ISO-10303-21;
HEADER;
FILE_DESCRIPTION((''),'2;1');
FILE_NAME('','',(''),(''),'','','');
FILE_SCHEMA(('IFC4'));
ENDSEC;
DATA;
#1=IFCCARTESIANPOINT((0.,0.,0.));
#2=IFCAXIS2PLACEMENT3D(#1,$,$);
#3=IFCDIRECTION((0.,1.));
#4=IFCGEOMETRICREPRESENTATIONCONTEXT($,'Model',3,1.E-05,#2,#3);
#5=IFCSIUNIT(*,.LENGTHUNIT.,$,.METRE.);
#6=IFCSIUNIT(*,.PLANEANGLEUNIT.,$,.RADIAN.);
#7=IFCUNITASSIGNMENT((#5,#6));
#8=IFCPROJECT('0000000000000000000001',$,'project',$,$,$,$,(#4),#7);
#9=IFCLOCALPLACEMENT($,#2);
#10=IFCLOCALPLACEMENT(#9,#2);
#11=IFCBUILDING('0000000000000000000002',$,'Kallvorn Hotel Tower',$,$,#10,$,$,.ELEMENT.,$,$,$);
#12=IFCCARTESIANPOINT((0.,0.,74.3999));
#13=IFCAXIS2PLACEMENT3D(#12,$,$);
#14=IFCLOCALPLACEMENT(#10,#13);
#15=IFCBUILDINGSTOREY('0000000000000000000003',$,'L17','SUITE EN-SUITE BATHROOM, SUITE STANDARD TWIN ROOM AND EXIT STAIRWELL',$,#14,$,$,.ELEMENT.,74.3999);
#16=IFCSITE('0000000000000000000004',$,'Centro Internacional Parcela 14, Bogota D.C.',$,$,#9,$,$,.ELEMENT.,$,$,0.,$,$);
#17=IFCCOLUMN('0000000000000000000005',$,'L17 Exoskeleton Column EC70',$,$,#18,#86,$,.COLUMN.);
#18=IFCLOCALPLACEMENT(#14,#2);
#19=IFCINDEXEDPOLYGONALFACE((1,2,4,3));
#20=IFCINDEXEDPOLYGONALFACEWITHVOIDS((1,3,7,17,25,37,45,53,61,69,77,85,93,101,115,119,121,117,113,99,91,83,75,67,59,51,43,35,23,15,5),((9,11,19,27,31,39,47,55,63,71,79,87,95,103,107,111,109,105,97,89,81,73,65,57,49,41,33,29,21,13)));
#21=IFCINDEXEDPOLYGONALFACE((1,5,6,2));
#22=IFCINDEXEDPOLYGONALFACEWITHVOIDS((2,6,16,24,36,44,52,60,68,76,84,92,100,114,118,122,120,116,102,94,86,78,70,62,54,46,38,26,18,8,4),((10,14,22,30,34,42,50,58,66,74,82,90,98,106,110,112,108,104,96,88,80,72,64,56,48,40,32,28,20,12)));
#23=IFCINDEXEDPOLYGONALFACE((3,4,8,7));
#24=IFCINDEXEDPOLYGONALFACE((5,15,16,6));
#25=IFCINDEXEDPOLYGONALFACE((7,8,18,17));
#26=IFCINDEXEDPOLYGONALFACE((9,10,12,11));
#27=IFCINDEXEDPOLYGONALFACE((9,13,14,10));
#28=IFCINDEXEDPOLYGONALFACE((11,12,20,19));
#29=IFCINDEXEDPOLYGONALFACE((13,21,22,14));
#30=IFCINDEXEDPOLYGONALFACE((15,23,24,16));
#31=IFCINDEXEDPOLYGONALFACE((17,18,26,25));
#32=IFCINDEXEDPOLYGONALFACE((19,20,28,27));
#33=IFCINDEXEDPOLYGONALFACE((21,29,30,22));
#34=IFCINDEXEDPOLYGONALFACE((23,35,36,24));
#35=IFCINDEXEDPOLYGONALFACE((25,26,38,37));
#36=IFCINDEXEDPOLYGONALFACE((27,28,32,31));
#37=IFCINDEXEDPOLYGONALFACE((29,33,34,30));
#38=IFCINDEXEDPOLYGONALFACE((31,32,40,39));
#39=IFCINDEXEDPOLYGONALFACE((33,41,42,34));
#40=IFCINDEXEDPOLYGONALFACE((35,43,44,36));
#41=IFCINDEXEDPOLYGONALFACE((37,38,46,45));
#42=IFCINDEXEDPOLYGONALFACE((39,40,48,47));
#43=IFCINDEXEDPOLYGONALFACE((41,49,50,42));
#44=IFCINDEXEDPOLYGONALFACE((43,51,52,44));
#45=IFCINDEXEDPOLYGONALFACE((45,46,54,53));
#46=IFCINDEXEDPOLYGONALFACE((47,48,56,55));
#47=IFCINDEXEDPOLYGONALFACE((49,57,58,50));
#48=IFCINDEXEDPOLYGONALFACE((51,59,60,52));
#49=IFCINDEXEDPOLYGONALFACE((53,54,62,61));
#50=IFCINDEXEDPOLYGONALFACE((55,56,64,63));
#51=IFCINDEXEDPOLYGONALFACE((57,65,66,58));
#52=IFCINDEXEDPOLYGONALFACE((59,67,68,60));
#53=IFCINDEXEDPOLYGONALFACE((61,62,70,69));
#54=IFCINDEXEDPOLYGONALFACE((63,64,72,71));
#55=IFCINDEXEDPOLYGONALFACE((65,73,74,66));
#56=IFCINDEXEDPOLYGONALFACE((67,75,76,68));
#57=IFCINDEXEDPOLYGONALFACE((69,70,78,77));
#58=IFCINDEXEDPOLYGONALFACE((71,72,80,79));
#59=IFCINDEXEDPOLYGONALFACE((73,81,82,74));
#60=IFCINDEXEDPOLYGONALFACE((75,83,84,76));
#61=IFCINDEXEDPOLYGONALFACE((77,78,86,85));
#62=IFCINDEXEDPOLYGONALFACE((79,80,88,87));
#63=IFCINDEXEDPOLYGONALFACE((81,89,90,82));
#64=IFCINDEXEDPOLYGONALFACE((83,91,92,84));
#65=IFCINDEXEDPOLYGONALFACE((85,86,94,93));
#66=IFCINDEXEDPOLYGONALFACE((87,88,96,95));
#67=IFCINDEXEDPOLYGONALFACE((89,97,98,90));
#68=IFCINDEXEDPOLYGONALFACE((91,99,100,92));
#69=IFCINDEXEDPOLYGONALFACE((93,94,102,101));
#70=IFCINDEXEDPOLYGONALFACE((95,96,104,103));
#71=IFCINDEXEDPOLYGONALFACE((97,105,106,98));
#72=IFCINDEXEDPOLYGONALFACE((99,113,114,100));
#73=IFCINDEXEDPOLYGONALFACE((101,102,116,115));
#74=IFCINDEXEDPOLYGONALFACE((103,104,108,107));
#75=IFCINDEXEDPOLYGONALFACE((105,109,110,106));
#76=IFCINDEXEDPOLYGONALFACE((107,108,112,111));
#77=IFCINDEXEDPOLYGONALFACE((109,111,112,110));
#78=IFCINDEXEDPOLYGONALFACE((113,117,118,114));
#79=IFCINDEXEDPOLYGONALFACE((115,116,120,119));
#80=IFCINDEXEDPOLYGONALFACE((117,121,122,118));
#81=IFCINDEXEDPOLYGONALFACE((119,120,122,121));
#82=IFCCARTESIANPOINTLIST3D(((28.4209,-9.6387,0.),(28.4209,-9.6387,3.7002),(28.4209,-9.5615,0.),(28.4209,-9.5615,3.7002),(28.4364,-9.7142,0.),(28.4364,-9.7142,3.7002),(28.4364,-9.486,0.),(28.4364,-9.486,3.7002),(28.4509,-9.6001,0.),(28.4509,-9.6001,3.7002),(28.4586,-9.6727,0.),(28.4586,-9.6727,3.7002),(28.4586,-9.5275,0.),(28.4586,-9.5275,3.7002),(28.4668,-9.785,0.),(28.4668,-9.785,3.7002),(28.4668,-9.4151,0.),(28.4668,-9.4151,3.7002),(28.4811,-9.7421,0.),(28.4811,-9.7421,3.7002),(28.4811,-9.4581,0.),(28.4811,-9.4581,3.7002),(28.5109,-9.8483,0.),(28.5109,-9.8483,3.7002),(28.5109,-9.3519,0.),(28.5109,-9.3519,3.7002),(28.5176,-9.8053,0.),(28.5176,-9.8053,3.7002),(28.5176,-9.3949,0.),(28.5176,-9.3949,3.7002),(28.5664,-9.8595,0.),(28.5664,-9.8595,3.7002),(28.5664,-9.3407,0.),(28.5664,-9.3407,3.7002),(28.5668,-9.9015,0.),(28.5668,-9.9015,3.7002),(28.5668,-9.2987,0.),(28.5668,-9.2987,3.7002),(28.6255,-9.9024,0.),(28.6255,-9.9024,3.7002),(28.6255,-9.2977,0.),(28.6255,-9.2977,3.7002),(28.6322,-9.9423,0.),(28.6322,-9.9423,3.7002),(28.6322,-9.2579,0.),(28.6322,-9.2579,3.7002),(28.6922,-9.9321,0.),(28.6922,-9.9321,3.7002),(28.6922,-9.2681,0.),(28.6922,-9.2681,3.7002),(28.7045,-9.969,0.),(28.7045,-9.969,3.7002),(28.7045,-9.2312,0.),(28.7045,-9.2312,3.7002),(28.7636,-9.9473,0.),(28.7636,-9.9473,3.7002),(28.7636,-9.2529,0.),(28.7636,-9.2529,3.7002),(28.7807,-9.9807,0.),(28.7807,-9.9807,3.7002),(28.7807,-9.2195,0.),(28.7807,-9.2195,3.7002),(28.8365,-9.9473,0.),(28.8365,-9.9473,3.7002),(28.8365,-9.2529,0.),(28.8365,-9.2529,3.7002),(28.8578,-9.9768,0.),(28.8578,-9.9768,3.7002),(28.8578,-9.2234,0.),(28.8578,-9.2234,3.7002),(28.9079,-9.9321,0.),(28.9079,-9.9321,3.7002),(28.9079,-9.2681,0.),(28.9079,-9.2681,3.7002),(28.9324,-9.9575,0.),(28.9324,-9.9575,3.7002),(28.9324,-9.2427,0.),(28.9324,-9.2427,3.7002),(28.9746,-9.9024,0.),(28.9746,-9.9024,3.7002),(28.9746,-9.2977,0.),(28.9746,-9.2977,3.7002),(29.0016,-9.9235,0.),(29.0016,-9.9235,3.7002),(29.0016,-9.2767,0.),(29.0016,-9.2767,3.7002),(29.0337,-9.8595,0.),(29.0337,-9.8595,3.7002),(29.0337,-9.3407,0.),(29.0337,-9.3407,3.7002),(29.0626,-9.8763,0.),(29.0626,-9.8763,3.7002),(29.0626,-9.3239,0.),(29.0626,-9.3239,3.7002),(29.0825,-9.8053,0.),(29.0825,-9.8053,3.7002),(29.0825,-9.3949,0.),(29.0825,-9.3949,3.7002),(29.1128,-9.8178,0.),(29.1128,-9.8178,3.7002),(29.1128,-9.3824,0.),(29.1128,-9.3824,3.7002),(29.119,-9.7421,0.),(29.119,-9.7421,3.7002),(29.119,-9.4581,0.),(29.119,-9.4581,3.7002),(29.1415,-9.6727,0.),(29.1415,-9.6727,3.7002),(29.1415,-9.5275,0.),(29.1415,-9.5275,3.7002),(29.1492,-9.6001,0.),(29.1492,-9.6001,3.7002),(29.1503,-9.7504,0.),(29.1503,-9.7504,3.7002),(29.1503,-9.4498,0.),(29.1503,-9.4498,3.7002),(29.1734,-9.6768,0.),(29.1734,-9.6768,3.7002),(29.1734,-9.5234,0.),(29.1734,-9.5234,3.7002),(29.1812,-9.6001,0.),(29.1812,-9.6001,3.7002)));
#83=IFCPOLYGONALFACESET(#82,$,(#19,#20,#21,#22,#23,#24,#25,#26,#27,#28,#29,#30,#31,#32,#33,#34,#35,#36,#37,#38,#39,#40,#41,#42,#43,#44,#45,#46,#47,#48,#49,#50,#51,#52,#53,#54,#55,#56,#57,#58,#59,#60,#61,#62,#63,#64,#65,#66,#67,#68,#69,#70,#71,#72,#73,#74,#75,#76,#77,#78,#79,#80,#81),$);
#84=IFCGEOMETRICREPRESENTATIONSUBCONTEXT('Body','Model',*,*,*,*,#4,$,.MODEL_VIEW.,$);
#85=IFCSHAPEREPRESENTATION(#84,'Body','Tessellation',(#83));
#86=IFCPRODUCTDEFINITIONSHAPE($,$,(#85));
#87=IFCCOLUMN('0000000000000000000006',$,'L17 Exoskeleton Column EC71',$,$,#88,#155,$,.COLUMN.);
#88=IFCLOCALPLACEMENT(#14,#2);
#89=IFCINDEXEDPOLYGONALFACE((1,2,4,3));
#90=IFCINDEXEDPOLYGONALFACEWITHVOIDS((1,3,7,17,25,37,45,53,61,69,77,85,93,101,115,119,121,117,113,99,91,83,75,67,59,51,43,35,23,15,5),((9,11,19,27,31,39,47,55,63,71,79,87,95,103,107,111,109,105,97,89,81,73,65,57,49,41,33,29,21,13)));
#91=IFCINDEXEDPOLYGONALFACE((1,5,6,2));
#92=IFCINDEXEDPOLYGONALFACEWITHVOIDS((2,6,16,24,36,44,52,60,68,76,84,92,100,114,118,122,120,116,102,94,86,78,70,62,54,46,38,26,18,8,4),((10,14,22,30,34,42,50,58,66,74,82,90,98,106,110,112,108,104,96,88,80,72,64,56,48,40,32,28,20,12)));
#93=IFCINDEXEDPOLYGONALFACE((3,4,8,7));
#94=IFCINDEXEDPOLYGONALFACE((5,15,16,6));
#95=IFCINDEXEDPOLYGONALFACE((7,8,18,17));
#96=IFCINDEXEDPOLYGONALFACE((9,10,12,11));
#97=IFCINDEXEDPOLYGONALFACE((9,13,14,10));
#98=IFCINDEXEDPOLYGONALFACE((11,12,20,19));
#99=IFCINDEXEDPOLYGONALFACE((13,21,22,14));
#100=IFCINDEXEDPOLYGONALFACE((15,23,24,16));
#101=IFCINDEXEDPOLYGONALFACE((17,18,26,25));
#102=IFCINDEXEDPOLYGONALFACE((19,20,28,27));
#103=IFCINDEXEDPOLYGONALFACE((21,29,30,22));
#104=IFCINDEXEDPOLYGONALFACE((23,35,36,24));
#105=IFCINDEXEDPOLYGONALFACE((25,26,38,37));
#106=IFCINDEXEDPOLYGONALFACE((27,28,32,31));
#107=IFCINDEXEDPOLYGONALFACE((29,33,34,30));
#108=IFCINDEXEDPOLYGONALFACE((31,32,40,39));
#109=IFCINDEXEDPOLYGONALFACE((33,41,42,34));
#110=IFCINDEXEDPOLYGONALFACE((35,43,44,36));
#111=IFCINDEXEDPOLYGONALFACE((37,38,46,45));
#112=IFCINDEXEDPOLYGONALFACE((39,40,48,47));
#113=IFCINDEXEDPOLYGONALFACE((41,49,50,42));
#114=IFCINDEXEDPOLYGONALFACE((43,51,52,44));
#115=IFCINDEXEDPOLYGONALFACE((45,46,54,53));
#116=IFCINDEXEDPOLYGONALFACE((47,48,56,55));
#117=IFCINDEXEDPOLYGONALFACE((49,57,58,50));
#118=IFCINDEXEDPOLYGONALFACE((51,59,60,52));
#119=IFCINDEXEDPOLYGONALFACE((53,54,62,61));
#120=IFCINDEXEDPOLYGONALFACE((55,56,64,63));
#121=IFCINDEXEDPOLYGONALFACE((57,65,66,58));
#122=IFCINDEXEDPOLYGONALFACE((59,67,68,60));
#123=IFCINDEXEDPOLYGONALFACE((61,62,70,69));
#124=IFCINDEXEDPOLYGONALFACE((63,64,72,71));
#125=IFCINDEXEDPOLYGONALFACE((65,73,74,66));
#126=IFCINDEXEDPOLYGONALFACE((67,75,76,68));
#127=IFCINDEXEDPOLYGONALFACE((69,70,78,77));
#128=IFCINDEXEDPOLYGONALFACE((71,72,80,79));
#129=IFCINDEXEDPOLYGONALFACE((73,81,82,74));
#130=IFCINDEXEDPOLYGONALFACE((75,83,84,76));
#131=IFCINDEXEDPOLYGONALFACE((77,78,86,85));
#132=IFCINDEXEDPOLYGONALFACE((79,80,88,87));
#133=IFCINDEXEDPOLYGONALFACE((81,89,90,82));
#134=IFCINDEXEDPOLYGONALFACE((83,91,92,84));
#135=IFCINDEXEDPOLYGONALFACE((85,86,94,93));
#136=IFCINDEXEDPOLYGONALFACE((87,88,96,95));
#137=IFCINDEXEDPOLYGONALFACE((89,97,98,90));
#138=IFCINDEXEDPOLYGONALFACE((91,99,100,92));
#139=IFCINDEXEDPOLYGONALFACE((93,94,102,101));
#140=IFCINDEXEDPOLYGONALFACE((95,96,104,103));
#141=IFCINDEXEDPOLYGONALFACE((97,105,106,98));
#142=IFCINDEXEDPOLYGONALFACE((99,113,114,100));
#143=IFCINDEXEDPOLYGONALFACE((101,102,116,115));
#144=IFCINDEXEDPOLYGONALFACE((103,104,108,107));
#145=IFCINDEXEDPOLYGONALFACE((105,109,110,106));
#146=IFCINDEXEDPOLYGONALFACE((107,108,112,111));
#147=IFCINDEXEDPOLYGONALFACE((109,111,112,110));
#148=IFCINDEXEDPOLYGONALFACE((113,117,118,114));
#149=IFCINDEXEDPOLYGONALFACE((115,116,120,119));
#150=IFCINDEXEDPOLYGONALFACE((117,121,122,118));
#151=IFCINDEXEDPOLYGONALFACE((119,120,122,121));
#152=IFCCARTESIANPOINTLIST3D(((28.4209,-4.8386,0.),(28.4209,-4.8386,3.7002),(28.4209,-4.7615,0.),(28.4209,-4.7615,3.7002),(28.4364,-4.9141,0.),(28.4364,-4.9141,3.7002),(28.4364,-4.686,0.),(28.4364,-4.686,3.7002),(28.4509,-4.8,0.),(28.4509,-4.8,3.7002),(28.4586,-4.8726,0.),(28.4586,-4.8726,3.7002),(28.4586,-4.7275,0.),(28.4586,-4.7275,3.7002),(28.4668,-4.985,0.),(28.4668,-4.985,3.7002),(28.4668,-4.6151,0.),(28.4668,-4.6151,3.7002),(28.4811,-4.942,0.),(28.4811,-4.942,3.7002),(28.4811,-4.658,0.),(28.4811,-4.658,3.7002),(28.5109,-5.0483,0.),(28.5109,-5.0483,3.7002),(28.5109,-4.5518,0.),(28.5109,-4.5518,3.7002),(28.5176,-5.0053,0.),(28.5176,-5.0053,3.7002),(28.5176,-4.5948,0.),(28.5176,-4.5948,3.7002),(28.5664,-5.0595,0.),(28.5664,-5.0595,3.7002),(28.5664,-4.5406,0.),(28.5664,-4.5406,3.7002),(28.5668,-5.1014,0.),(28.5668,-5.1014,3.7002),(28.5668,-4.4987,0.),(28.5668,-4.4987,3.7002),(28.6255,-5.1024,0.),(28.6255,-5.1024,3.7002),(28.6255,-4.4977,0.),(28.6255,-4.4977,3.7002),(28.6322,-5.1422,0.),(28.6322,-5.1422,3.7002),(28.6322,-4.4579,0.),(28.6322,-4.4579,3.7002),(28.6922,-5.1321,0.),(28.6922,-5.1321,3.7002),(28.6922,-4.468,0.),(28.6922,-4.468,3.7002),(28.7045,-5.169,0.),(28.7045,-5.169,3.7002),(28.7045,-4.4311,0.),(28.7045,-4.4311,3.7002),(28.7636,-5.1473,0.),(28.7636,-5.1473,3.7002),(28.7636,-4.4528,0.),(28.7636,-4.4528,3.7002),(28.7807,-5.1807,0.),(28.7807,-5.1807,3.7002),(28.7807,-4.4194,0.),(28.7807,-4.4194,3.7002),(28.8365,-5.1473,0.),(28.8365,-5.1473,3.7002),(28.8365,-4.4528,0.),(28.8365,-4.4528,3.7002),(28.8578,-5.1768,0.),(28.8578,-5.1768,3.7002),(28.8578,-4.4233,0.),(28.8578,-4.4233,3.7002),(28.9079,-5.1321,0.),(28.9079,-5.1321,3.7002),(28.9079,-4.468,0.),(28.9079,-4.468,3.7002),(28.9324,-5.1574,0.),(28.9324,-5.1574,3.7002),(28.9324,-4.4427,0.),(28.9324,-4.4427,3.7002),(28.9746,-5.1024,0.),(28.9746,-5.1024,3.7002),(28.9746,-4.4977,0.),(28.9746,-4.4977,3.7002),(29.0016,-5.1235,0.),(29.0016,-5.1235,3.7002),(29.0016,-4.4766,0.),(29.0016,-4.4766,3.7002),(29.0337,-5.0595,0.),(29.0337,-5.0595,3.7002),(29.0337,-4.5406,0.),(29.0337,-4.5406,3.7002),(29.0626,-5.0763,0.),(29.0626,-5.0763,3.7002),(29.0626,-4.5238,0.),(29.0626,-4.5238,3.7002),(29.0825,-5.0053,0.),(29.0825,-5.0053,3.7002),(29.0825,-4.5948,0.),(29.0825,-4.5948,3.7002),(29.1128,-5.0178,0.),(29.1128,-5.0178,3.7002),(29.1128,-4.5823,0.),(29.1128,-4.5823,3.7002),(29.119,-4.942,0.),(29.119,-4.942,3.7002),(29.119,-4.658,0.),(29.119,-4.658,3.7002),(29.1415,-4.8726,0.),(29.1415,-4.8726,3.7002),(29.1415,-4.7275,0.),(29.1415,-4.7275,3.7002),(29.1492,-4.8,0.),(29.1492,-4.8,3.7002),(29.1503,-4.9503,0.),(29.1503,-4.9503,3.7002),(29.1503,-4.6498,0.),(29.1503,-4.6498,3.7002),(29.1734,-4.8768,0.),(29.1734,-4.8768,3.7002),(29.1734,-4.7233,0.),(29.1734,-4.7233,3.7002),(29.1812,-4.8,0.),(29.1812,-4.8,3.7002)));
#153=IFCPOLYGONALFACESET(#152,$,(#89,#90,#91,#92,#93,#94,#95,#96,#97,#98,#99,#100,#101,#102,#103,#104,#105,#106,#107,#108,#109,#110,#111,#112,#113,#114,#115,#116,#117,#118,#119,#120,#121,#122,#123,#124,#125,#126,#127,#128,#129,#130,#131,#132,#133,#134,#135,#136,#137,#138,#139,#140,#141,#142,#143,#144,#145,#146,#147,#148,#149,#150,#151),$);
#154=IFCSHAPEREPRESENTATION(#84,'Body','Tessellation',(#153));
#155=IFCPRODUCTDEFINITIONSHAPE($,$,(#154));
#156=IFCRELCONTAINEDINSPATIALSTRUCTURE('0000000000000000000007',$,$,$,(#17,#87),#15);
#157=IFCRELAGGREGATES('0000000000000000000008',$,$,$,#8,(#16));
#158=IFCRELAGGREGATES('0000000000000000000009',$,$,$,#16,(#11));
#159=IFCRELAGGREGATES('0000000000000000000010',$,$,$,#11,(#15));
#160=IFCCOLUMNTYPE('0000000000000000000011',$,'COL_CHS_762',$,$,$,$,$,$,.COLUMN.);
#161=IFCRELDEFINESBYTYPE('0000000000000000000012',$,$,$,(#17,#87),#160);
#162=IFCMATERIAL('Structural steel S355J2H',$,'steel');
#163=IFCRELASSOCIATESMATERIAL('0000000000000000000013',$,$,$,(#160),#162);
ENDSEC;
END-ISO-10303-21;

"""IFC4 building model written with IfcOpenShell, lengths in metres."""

from ifc_helpers import new_model, si_unit, direction, frame, origin, origin_2d, place, context, subcontext, project, spatial, hollow_circle, extrude, material, material_profile, profile_set, type_object, element, save


model = new_model("IFC4")

# Units and contexts
model_context = context("Model", 3, precision=1e-05, world=origin(), true_north=direction((0.0, 1.0)))
body_context = subcontext(model_context, "Body", "Model", "MODEL_VIEW")
ifc_project = project(units=[si_unit("LENGTHUNIT", "METRE"), si_unit("PLANEANGLEUNIT", "RADIAN")], contexts=[model_context])

# Site, building, storey
site_placement = place(None, origin())
site = spatial("IfcSite", under=ifc_project, at=site_placement, Name="Centro Internacional Parcela 14, Bogota D.C.", CompositionType="ELEMENT", RefElevation=0.0)
building_placement = place(site_placement, origin())
building = spatial("IfcBuilding", under=site, at=building_placement, Name="Kallvorn Hotel Tower", CompositionType="ELEMENT")
storey_placement = place(building_placement, frame((0.0, 0.0, 74.3999)))
storey = spatial("IfcBuildingStorey", under=building, at=storey_placement, Name="L17", Description="SUITE EN-SUITE BATHROOM, SUITE STANDARD TWIN ROOM AND EXIT STAIRWELL", CompositionType="ELEMENT", Elevation=74.3999)

# Columns
ifc_material_1 = material(Name="Structural steel S355J2H", Category="steel")
ifc_material_profile_1 = material_profile(ifc_material_1, hollow_circle(Radius=0.3811, WallThickness=0.032, at=origin_2d()), Name="CHS 762x32")
ifc_profile_set_1 = profile_set([ifc_material_profile_1], Name="Structural steel S355J2H")
column_type_1 = type_object("IfcColumnType", Name="COL_CHS_762", PredefinedType="COLUMN", material=ifc_profile_set_1)
for number, where, z_axis, x_axis, name in (
    (1, (28.8, -9.6001, 0.0), (0.0, 0.0, 1.0), (1.0, 0.0, 0.0), "L17 Exoskeleton Column EC70"),
    (2, (28.8, -4.8, 0.0), (0.0, 0.0, 1.0), (1.0, 0.0, 0.0), "L17 Exoskeleton Column EC71"),
):
    element("IfcColumn", number, at=place(storey_placement, frame(where, z_axis=z_axis, x_axis=x_axis)), inside=storey, type_object=column_type_1, Name=name, PredefinedType="COLUMN", context=body_context, shape_type="SweptSolid", body=[
        extrude(hollow_circle(Radius=0.3811, WallThickness=0.032, at=origin_2d()), origin(), (0.0, 0.0, 1.0), 3.7002),
    ])

save(model, "model.ifc")
